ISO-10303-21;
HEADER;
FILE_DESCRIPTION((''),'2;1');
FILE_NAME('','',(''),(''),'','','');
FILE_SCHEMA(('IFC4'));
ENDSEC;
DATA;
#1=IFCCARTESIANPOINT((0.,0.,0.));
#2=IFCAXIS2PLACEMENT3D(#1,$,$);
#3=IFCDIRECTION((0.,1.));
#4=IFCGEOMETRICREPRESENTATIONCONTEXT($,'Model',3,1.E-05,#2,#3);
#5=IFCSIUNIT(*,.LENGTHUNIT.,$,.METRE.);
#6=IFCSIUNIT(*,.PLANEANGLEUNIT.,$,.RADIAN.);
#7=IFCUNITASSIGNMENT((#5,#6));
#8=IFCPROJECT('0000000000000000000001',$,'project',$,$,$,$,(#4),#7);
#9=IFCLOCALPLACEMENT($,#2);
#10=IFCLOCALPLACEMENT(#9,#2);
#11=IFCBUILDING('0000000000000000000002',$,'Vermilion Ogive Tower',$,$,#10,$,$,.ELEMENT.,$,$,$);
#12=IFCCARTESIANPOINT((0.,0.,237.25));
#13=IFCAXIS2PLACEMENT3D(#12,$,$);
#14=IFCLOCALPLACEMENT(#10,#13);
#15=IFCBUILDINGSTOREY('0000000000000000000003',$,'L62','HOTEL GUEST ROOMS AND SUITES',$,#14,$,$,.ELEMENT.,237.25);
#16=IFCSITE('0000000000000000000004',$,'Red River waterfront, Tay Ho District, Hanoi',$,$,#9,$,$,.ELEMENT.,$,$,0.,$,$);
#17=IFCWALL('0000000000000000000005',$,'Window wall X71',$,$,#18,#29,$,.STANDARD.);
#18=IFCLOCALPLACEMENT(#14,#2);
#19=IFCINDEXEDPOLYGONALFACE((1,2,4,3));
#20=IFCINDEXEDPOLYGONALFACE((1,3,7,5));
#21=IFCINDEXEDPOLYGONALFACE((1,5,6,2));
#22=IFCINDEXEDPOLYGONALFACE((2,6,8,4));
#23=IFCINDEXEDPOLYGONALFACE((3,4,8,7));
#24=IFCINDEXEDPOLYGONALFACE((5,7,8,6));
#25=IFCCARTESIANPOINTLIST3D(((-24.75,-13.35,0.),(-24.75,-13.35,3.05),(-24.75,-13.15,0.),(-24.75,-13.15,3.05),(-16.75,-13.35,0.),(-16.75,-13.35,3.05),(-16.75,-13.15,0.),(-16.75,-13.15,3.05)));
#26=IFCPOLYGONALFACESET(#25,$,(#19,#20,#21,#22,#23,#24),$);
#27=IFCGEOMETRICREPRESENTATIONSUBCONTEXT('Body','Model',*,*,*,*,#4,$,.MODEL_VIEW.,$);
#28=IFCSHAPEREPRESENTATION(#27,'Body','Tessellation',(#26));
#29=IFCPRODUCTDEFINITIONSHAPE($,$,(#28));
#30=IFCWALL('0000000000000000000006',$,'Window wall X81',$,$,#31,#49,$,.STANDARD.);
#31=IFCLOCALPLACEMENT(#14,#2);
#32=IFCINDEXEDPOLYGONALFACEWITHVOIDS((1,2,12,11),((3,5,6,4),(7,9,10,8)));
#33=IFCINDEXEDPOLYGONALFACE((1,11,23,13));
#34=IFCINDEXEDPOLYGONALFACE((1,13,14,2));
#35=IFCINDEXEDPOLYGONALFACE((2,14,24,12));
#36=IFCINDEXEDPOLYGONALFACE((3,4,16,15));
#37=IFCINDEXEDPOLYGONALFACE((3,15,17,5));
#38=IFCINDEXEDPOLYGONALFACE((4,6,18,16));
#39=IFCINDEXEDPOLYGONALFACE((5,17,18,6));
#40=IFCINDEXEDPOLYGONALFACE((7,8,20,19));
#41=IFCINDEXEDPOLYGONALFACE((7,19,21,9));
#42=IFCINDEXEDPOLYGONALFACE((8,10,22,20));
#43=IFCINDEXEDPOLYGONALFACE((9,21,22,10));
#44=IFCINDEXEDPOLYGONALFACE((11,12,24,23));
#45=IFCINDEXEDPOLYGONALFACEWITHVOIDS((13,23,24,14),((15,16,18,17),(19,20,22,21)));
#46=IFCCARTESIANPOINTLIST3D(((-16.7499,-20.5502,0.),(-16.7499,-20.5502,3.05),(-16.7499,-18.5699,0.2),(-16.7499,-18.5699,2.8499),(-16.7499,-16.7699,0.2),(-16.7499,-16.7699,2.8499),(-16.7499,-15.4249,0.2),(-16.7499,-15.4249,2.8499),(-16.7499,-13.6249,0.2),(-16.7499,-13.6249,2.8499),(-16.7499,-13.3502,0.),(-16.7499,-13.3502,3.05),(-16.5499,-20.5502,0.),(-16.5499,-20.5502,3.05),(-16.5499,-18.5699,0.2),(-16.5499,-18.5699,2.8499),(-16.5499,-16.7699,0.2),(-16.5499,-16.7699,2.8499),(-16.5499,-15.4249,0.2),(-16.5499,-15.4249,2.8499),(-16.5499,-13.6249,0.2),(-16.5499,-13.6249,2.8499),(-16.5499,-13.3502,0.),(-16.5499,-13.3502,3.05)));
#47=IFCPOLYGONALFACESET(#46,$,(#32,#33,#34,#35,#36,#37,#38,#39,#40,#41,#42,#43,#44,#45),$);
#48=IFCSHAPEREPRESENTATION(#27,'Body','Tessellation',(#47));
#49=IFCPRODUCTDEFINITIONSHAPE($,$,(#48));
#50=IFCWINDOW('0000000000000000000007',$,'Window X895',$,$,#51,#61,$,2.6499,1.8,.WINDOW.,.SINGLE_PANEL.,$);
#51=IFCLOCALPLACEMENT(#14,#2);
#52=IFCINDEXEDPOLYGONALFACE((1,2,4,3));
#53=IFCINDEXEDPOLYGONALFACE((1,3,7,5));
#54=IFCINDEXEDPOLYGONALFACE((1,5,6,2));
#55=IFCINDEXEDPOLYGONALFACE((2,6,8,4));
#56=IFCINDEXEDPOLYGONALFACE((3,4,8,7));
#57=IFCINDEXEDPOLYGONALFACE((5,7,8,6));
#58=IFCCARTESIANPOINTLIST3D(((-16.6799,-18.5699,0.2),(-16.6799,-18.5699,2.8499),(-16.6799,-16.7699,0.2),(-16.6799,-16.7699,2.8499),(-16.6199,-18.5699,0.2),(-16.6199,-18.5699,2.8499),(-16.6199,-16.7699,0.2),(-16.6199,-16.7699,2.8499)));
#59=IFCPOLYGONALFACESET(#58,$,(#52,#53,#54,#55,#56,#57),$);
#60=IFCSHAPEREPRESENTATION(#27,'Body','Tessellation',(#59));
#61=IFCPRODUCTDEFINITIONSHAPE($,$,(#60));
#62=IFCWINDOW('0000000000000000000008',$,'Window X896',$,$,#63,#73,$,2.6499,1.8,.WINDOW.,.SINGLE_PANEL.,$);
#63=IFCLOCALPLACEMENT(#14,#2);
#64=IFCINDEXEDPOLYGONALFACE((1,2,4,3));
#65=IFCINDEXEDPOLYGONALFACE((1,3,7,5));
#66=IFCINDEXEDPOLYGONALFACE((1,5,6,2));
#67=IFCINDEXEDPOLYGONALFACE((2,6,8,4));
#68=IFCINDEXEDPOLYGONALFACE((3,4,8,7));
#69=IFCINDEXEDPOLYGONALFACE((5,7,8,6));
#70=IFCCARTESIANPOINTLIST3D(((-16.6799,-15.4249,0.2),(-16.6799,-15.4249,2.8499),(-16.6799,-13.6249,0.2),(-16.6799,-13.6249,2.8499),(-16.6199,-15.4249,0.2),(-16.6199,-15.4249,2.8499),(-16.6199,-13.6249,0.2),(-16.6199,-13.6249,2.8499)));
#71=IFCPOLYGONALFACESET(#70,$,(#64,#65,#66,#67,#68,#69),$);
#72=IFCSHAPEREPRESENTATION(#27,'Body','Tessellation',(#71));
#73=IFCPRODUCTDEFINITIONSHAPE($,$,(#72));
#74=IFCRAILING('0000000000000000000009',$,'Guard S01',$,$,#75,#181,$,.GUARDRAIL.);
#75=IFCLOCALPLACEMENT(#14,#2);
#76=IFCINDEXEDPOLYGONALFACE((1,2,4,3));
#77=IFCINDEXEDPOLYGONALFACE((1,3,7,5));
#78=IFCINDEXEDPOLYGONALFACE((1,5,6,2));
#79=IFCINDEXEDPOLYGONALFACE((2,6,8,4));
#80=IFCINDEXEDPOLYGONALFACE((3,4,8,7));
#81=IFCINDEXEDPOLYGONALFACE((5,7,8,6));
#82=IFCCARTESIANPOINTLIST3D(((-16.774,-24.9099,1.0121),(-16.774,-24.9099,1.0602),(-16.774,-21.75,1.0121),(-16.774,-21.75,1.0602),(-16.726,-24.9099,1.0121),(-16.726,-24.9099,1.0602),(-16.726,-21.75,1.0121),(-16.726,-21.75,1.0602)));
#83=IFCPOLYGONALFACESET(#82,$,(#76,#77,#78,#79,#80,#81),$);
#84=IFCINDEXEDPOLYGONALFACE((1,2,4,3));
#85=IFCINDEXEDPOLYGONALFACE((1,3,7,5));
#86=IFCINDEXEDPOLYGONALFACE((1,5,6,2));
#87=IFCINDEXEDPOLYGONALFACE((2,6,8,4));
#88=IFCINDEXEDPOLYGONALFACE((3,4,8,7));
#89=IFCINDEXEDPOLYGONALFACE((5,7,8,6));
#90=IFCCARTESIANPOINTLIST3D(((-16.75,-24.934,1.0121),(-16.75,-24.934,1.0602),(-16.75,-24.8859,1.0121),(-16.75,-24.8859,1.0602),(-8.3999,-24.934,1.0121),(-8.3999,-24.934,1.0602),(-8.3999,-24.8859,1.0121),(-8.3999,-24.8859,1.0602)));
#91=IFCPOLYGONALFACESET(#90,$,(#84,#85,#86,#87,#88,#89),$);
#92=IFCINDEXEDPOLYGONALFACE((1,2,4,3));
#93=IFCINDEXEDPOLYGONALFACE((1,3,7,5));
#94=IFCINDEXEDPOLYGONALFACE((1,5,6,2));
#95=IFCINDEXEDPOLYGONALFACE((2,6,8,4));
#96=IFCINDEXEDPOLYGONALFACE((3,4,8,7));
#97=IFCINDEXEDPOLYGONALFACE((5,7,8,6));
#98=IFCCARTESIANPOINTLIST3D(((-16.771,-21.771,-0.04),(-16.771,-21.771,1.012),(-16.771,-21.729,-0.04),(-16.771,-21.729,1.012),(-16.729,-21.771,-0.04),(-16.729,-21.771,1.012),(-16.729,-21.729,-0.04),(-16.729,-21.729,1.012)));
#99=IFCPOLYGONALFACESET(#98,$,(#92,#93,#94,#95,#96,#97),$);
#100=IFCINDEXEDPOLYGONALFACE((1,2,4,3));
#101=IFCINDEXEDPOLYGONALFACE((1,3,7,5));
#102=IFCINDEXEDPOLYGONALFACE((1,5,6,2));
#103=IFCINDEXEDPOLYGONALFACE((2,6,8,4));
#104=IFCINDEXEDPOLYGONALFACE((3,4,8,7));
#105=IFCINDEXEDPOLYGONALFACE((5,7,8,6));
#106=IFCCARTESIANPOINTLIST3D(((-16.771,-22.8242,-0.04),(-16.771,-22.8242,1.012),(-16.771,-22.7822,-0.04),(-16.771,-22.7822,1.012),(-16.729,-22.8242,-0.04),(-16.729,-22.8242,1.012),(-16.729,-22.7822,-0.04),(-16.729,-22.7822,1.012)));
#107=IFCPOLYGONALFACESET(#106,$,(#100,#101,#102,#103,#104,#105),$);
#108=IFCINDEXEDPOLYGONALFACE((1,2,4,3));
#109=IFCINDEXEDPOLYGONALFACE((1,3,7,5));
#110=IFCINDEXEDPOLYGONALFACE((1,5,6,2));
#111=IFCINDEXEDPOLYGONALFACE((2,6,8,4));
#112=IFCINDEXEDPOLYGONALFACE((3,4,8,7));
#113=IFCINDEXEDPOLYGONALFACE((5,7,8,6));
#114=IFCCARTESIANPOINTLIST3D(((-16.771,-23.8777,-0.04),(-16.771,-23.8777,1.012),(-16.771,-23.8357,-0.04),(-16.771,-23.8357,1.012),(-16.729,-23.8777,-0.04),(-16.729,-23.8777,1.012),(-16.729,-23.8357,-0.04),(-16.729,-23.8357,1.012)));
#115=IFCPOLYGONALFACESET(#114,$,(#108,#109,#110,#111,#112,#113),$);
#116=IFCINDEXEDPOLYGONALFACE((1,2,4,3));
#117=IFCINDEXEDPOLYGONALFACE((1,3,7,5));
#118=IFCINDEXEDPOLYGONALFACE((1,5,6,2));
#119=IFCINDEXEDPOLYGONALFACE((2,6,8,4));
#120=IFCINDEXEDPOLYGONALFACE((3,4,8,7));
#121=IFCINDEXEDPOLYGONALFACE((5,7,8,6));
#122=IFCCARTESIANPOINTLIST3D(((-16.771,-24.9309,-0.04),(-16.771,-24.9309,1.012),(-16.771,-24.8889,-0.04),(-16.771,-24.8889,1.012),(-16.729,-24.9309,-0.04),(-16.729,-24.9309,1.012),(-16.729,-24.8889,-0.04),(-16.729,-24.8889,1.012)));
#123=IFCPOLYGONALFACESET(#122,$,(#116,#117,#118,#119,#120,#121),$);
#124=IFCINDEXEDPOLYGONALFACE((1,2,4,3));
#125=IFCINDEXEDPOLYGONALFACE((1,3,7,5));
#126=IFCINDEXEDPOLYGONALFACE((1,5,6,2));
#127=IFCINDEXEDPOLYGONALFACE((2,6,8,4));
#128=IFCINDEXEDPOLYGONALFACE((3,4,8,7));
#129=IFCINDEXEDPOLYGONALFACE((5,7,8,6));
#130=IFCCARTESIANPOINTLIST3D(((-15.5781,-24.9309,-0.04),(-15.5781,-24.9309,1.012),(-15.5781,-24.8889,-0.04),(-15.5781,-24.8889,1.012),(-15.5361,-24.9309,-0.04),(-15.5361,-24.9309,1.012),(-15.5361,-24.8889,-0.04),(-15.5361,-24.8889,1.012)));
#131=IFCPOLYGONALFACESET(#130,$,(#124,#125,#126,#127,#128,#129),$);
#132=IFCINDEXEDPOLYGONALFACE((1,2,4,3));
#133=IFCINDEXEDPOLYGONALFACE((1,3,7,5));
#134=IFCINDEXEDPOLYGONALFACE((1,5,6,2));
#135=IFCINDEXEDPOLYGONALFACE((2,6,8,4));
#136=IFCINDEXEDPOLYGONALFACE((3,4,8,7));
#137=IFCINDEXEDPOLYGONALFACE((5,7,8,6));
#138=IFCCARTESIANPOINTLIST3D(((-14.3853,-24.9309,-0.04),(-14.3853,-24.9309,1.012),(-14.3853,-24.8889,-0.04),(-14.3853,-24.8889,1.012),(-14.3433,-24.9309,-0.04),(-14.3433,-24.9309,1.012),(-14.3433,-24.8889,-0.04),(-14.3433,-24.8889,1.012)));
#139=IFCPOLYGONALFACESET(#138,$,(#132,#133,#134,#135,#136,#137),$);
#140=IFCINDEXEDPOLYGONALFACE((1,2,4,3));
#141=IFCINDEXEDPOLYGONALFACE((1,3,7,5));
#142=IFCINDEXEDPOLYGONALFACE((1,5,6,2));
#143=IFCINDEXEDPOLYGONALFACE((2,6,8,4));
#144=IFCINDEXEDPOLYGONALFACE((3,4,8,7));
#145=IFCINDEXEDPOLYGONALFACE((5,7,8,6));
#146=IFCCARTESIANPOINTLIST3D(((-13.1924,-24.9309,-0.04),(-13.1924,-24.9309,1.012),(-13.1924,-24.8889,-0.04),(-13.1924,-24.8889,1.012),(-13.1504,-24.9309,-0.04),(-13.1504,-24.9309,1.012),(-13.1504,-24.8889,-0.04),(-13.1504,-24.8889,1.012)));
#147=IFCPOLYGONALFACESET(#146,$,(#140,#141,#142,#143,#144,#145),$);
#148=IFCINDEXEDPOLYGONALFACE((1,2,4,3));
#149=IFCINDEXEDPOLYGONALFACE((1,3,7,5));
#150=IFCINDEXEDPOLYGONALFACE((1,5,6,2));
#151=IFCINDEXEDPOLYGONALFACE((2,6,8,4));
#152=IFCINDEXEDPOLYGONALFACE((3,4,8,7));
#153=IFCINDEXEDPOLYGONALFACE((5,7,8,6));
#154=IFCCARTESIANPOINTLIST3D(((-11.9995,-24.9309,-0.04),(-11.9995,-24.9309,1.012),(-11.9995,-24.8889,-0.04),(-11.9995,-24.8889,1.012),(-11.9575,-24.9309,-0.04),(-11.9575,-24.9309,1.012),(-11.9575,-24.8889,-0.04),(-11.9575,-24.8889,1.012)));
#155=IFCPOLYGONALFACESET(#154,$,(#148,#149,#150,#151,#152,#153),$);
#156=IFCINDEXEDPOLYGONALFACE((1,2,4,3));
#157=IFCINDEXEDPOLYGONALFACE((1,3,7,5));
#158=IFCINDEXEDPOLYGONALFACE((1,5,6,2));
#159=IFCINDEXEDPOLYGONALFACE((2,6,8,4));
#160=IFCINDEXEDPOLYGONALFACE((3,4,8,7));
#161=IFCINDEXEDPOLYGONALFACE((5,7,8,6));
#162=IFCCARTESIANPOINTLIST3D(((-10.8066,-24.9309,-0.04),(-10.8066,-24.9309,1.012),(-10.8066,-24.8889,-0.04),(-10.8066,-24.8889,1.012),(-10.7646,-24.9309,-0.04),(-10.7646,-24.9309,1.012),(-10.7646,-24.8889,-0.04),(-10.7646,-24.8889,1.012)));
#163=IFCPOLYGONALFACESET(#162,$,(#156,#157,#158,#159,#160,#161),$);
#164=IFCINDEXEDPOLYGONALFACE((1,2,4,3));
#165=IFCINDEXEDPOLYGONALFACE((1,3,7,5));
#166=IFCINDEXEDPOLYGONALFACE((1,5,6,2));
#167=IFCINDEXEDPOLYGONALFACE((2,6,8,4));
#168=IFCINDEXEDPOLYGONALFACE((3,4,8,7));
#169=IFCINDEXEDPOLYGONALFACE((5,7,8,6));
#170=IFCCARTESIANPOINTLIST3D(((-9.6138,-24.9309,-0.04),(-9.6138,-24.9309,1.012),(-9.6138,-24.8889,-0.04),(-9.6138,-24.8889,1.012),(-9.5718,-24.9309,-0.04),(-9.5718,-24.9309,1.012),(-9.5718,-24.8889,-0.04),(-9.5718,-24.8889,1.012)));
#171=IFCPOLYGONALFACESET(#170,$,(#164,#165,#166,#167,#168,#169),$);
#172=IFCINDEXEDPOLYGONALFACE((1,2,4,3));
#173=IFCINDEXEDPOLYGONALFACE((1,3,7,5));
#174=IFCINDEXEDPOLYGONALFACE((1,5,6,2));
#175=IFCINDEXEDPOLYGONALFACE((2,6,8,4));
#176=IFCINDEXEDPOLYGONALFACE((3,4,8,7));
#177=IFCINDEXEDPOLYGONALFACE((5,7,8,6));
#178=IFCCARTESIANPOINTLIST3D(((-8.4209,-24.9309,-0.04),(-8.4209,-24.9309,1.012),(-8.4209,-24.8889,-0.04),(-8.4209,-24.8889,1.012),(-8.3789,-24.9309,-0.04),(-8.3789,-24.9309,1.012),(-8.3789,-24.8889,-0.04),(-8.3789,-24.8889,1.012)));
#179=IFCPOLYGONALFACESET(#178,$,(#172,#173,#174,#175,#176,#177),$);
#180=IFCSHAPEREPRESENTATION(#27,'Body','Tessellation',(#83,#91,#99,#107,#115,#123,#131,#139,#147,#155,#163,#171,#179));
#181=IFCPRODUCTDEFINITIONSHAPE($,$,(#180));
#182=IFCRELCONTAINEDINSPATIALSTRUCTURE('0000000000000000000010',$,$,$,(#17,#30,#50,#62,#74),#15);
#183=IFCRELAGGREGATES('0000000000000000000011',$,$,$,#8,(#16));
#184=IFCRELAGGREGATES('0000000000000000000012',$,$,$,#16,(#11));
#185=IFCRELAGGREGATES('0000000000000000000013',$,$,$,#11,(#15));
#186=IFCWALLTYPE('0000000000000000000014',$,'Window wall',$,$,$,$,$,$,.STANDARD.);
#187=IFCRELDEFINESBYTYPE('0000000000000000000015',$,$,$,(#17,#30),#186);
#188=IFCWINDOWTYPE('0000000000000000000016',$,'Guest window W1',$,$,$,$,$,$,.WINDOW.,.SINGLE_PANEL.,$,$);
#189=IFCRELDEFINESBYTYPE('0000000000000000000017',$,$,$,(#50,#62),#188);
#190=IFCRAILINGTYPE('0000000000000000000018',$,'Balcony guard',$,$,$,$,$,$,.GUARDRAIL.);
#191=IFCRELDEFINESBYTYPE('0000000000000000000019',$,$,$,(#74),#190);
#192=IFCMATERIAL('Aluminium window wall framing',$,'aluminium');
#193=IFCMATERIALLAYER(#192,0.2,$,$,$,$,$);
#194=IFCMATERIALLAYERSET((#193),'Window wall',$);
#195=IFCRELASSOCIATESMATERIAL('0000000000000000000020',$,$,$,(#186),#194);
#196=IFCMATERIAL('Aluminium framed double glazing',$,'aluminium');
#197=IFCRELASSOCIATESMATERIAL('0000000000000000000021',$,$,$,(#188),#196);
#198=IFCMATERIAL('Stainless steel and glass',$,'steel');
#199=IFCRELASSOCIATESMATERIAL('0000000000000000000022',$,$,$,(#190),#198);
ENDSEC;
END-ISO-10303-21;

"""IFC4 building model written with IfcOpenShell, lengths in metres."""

from ifc_helpers import new_model, si_unit, direction, frame, frame_2d, origin, origin_2d, place, context, subcontext, project, spatial, rectangle, extrude, material, layer, layer_set, type_object, element, fill, save


model = new_model("IFC4")

# Units and contexts
model_context = context("Model", 3, precision=1e-05, world=origin(), true_north=direction((0.0, 1.0)))
body_context = subcontext(model_context, "Body", "Model", "MODEL_VIEW")
ifc_project = project(units=[si_unit("LENGTHUNIT", "METRE"), si_unit("PLANEANGLEUNIT", "RADIAN")], contexts=[model_context])

# Site, building, storey
site_placement = place(None, origin())
site = spatial("IfcSite", under=ifc_project, at=site_placement, Name="Red River waterfront, Tay Ho District, Hanoi", CompositionType="ELEMENT", RefElevation=0.0)
building_placement = place(site_placement, origin())
building = spatial("IfcBuilding", under=site, at=building_placement, Name="Vermilion Ogive Tower", CompositionType="ELEMENT")
storey_placement = place(building_placement, frame((0.0, 0.0, 237.25)))
storey = spatial("IfcBuildingStorey", under=building, at=storey_placement, Name="L62", Description="HOTEL GUEST ROOMS AND SUITES", CompositionType="ELEMENT", Elevation=237.25)

# Shared definitions
ifc_material_1 = material(Name="Aluminium window wall framing", Category="aluminium")
ifc_layer_1 = layer(ifc_material_1, 0.2)
ifc_layer_set_1 = layer_set([ifc_layer_1], Name="Window wall")
wall_type_1 = type_object("IfcWallType", Name="Window wall", PredefinedType="STANDARD", material=ifc_layer_set_1)

# Wall
wall_1_placement = place(storey_placement, frame((-24.75, -13.25, 0.0), z_axis=(0.0, 0.0, 1.0), x_axis=(1.0, 0.0, 0.0)))
element("IfcWall", 1, at=wall_1_placement, inside=storey, type_object=wall_type_1, Name="Window wall X71", PredefinedType="STANDARD", context=body_context, shape_type="SweptSolid", body=[
    extrude(rectangle(XDim=8.0, YDim=0.2, at=frame_2d((4.0, 0.0))), origin(), (0.0, 0.0, 1.0), 3.05),
])

# Wall, openings, windows
wall_2_placement = place(storey_placement, frame((-16.6499, -13.3501, 0.0), z_axis=(0.0, 0.0, 1.0), x_axis=(0.0, -1.0, 0.0)))
wall_2 = element("IfcWall", 2, at=wall_2_placement, inside=storey, type_object=wall_type_1, Name="Window wall X81", PredefinedType="STANDARD", context=body_context, shape_type="SweptSolid", body=[
    extrude(rectangle(XDim=7.2, YDim=0.2, at=frame_2d((3.6001, 0.0))), origin(), (0.0, 0.0, 1.0), 3.05),
])
opening_1_placement = place(wall_2_placement, frame((3.4199, 0.0, 0.2)))
opening_1 = element("IfcOpeningElement", 3, at=opening_1_placement, cuts=wall_2, PredefinedType="OPENING", context=body_context, shape_type="SweptSolid", body=[
    extrude(rectangle(XDim=1.8, YDim=2.6499, at=frame_2d((0.8999, 1.325))), frame((0.0, 0.1099, 0.0), z_axis=(0.0, -1.0, 0.0), x_axis=(1.0, 0.0, 0.0)), (0.0, 0.0, 1.0), 0.22),
])
opening_2_placement = place(wall_2_placement, frame((0.2749, 0.0, 0.2)))
opening_2 = element("IfcOpeningElement", 4, at=opening_2_placement, cuts=wall_2, PredefinedType="OPENING", context=body_context, shape_type="SweptSolid", body=[
    extrude(rectangle(XDim=1.8, YDim=2.6499, at=frame_2d((0.8999, 1.325))), frame((0.0, 0.1099, 0.0), z_axis=(0.0, -1.0, 0.0), x_axis=(1.0, 0.0, 0.0)), (0.0, 0.0, 1.0), 0.22),
])
ifc_material_2 = material(Name="Aluminium framed double glazing", Category="aluminium")
window_type = type_object("IfcWindowType", Name="Guest window W1", PartitioningType="SINGLE_PANEL", PredefinedType="WINDOW", material=ifc_material_2)
window_1_placement = place(opening_1_placement, origin())
window_1 = element("IfcWindow", 5, at=window_1_placement, inside=storey, type_object=window_type, Name="Window X895", OverallHeight=2.6499, OverallWidth=1.8, PartitioningType="SINGLE_PANEL", PredefinedType="WINDOW", context=body_context, shape_type="SweptSolid", body=[
    extrude(rectangle(XDim=1.8, YDim=2.6499, at=frame_2d((0.8999, 1.325))), frame((0.0, 0.03, 0.0), z_axis=(0.0, -1.0, 0.0), x_axis=(1.0, 0.0, 0.0)), (0.0, 0.0, 1.0), 0.0601),
])
fill(opening_1, window_1)
window_2_placement = place(opening_2_placement, origin())
window_2 = element("IfcWindow", 6, at=window_2_placement, inside=storey, type_object=window_type, Name="Window X896", OverallHeight=2.6499, OverallWidth=1.8, PartitioningType="SINGLE_PANEL", PredefinedType="WINDOW", context=body_context, shape_type="SweptSolid", body=[
    extrude(rectangle(XDim=1.8, YDim=2.6499, at=frame_2d((0.8999, 1.325))), frame((0.0, 0.03, 0.0), z_axis=(0.0, -1.0, 0.0), x_axis=(1.0, 0.0, 0.0)), (0.0, 0.0, 1.0), 0.0601),
])
fill(opening_2, window_2)

# Railing
ifc_material_3 = material(Name="Stainless steel and glass", Category="steel")
railing_type = type_object("IfcRailingType", Name="Balcony guard", PredefinedType="GUARDRAIL", material=ifc_material_3)
railing_placement = place(storey_placement, frame((-16.75, -21.75, -0.04)))
element("IfcRailing", 7, at=railing_placement, inside=storey, type_object=railing_type, Name="Guard S01", PredefinedType="GUARDRAIL", context=body_context, shape_type="SweptSolid", body=[
    extrude(rectangle(XDim=0.0481, YDim=0.0481, at=origin_2d()), frame((0.0, 0.0, 1.0762), z_axis=(0.0, -1.0, 0.0), x_axis=(1.0, 0.0, 0.0)), (0.0, 0.0, 1.0), 3.1599),
    extrude(rectangle(XDim=0.0481, YDim=0.0481, at=origin_2d()), frame((0.0, -3.1599, 1.0762), z_axis=(1.0, 0.0, 0.0), x_axis=(0.0, 1.0, 0.0)), (0.0, 0.0, 1.0), 8.3501),
    extrude(rectangle(XDim=0.042, YDim=0.042, at=origin_2d()), origin(), (0.0, 0.0, 1.0), 1.052),
    extrude(rectangle(XDim=0.042, YDim=0.042, at=origin_2d()), frame((0.0, -1.0532, 0.0)), (0.0, 0.0, 1.0), 1.052),
    extrude(rectangle(XDim=0.042, YDim=0.042, at=origin_2d()), frame((0.0, -2.1067, 0.0)), (0.0, 0.0, 1.0), 1.052),
    extrude(rectangle(XDim=0.042, YDim=0.042, at=origin_2d()), frame((0.0, -3.1599, 0.0)), (0.0, 0.0, 1.0), 1.052),
    extrude(rectangle(XDim=0.042, YDim=0.042, at=origin_2d()), frame((1.1929, -3.1599, 0.0)), (0.0, 0.0, 1.0), 1.052),
    extrude(rectangle(XDim=0.042, YDim=0.042, at=origin_2d()), frame((2.3857, -3.1599, 0.0)), (0.0, 0.0, 1.0), 1.052),
    extrude(rectangle(XDim=0.042, YDim=0.042, at=origin_2d()), frame((3.5786, -3.1599, 0.0)), (0.0, 0.0, 1.0), 1.052),
    extrude(rectangle(XDim=0.042, YDim=0.042, at=origin_2d()), frame((4.7715, -3.1599, 0.0)), (0.0, 0.0, 1.0), 1.052),
    extrude(rectangle(XDim=0.042, YDim=0.042, at=origin_2d()), frame((5.9644, -3.1599, 0.0)), (0.0, 0.0, 1.0), 1.052),
    extrude(rectangle(XDim=0.042, YDim=0.042, at=origin_2d()), frame((7.1572, -3.1599, 0.0)), (0.0, 0.0, 1.0), 1.052),
    extrude(rectangle(XDim=0.042, YDim=0.042, at=origin_2d()), frame((8.3501, -3.1599, 0.0)), (0.0, 0.0, 1.0), 1.052),
])

save(model, "model.ifc")
